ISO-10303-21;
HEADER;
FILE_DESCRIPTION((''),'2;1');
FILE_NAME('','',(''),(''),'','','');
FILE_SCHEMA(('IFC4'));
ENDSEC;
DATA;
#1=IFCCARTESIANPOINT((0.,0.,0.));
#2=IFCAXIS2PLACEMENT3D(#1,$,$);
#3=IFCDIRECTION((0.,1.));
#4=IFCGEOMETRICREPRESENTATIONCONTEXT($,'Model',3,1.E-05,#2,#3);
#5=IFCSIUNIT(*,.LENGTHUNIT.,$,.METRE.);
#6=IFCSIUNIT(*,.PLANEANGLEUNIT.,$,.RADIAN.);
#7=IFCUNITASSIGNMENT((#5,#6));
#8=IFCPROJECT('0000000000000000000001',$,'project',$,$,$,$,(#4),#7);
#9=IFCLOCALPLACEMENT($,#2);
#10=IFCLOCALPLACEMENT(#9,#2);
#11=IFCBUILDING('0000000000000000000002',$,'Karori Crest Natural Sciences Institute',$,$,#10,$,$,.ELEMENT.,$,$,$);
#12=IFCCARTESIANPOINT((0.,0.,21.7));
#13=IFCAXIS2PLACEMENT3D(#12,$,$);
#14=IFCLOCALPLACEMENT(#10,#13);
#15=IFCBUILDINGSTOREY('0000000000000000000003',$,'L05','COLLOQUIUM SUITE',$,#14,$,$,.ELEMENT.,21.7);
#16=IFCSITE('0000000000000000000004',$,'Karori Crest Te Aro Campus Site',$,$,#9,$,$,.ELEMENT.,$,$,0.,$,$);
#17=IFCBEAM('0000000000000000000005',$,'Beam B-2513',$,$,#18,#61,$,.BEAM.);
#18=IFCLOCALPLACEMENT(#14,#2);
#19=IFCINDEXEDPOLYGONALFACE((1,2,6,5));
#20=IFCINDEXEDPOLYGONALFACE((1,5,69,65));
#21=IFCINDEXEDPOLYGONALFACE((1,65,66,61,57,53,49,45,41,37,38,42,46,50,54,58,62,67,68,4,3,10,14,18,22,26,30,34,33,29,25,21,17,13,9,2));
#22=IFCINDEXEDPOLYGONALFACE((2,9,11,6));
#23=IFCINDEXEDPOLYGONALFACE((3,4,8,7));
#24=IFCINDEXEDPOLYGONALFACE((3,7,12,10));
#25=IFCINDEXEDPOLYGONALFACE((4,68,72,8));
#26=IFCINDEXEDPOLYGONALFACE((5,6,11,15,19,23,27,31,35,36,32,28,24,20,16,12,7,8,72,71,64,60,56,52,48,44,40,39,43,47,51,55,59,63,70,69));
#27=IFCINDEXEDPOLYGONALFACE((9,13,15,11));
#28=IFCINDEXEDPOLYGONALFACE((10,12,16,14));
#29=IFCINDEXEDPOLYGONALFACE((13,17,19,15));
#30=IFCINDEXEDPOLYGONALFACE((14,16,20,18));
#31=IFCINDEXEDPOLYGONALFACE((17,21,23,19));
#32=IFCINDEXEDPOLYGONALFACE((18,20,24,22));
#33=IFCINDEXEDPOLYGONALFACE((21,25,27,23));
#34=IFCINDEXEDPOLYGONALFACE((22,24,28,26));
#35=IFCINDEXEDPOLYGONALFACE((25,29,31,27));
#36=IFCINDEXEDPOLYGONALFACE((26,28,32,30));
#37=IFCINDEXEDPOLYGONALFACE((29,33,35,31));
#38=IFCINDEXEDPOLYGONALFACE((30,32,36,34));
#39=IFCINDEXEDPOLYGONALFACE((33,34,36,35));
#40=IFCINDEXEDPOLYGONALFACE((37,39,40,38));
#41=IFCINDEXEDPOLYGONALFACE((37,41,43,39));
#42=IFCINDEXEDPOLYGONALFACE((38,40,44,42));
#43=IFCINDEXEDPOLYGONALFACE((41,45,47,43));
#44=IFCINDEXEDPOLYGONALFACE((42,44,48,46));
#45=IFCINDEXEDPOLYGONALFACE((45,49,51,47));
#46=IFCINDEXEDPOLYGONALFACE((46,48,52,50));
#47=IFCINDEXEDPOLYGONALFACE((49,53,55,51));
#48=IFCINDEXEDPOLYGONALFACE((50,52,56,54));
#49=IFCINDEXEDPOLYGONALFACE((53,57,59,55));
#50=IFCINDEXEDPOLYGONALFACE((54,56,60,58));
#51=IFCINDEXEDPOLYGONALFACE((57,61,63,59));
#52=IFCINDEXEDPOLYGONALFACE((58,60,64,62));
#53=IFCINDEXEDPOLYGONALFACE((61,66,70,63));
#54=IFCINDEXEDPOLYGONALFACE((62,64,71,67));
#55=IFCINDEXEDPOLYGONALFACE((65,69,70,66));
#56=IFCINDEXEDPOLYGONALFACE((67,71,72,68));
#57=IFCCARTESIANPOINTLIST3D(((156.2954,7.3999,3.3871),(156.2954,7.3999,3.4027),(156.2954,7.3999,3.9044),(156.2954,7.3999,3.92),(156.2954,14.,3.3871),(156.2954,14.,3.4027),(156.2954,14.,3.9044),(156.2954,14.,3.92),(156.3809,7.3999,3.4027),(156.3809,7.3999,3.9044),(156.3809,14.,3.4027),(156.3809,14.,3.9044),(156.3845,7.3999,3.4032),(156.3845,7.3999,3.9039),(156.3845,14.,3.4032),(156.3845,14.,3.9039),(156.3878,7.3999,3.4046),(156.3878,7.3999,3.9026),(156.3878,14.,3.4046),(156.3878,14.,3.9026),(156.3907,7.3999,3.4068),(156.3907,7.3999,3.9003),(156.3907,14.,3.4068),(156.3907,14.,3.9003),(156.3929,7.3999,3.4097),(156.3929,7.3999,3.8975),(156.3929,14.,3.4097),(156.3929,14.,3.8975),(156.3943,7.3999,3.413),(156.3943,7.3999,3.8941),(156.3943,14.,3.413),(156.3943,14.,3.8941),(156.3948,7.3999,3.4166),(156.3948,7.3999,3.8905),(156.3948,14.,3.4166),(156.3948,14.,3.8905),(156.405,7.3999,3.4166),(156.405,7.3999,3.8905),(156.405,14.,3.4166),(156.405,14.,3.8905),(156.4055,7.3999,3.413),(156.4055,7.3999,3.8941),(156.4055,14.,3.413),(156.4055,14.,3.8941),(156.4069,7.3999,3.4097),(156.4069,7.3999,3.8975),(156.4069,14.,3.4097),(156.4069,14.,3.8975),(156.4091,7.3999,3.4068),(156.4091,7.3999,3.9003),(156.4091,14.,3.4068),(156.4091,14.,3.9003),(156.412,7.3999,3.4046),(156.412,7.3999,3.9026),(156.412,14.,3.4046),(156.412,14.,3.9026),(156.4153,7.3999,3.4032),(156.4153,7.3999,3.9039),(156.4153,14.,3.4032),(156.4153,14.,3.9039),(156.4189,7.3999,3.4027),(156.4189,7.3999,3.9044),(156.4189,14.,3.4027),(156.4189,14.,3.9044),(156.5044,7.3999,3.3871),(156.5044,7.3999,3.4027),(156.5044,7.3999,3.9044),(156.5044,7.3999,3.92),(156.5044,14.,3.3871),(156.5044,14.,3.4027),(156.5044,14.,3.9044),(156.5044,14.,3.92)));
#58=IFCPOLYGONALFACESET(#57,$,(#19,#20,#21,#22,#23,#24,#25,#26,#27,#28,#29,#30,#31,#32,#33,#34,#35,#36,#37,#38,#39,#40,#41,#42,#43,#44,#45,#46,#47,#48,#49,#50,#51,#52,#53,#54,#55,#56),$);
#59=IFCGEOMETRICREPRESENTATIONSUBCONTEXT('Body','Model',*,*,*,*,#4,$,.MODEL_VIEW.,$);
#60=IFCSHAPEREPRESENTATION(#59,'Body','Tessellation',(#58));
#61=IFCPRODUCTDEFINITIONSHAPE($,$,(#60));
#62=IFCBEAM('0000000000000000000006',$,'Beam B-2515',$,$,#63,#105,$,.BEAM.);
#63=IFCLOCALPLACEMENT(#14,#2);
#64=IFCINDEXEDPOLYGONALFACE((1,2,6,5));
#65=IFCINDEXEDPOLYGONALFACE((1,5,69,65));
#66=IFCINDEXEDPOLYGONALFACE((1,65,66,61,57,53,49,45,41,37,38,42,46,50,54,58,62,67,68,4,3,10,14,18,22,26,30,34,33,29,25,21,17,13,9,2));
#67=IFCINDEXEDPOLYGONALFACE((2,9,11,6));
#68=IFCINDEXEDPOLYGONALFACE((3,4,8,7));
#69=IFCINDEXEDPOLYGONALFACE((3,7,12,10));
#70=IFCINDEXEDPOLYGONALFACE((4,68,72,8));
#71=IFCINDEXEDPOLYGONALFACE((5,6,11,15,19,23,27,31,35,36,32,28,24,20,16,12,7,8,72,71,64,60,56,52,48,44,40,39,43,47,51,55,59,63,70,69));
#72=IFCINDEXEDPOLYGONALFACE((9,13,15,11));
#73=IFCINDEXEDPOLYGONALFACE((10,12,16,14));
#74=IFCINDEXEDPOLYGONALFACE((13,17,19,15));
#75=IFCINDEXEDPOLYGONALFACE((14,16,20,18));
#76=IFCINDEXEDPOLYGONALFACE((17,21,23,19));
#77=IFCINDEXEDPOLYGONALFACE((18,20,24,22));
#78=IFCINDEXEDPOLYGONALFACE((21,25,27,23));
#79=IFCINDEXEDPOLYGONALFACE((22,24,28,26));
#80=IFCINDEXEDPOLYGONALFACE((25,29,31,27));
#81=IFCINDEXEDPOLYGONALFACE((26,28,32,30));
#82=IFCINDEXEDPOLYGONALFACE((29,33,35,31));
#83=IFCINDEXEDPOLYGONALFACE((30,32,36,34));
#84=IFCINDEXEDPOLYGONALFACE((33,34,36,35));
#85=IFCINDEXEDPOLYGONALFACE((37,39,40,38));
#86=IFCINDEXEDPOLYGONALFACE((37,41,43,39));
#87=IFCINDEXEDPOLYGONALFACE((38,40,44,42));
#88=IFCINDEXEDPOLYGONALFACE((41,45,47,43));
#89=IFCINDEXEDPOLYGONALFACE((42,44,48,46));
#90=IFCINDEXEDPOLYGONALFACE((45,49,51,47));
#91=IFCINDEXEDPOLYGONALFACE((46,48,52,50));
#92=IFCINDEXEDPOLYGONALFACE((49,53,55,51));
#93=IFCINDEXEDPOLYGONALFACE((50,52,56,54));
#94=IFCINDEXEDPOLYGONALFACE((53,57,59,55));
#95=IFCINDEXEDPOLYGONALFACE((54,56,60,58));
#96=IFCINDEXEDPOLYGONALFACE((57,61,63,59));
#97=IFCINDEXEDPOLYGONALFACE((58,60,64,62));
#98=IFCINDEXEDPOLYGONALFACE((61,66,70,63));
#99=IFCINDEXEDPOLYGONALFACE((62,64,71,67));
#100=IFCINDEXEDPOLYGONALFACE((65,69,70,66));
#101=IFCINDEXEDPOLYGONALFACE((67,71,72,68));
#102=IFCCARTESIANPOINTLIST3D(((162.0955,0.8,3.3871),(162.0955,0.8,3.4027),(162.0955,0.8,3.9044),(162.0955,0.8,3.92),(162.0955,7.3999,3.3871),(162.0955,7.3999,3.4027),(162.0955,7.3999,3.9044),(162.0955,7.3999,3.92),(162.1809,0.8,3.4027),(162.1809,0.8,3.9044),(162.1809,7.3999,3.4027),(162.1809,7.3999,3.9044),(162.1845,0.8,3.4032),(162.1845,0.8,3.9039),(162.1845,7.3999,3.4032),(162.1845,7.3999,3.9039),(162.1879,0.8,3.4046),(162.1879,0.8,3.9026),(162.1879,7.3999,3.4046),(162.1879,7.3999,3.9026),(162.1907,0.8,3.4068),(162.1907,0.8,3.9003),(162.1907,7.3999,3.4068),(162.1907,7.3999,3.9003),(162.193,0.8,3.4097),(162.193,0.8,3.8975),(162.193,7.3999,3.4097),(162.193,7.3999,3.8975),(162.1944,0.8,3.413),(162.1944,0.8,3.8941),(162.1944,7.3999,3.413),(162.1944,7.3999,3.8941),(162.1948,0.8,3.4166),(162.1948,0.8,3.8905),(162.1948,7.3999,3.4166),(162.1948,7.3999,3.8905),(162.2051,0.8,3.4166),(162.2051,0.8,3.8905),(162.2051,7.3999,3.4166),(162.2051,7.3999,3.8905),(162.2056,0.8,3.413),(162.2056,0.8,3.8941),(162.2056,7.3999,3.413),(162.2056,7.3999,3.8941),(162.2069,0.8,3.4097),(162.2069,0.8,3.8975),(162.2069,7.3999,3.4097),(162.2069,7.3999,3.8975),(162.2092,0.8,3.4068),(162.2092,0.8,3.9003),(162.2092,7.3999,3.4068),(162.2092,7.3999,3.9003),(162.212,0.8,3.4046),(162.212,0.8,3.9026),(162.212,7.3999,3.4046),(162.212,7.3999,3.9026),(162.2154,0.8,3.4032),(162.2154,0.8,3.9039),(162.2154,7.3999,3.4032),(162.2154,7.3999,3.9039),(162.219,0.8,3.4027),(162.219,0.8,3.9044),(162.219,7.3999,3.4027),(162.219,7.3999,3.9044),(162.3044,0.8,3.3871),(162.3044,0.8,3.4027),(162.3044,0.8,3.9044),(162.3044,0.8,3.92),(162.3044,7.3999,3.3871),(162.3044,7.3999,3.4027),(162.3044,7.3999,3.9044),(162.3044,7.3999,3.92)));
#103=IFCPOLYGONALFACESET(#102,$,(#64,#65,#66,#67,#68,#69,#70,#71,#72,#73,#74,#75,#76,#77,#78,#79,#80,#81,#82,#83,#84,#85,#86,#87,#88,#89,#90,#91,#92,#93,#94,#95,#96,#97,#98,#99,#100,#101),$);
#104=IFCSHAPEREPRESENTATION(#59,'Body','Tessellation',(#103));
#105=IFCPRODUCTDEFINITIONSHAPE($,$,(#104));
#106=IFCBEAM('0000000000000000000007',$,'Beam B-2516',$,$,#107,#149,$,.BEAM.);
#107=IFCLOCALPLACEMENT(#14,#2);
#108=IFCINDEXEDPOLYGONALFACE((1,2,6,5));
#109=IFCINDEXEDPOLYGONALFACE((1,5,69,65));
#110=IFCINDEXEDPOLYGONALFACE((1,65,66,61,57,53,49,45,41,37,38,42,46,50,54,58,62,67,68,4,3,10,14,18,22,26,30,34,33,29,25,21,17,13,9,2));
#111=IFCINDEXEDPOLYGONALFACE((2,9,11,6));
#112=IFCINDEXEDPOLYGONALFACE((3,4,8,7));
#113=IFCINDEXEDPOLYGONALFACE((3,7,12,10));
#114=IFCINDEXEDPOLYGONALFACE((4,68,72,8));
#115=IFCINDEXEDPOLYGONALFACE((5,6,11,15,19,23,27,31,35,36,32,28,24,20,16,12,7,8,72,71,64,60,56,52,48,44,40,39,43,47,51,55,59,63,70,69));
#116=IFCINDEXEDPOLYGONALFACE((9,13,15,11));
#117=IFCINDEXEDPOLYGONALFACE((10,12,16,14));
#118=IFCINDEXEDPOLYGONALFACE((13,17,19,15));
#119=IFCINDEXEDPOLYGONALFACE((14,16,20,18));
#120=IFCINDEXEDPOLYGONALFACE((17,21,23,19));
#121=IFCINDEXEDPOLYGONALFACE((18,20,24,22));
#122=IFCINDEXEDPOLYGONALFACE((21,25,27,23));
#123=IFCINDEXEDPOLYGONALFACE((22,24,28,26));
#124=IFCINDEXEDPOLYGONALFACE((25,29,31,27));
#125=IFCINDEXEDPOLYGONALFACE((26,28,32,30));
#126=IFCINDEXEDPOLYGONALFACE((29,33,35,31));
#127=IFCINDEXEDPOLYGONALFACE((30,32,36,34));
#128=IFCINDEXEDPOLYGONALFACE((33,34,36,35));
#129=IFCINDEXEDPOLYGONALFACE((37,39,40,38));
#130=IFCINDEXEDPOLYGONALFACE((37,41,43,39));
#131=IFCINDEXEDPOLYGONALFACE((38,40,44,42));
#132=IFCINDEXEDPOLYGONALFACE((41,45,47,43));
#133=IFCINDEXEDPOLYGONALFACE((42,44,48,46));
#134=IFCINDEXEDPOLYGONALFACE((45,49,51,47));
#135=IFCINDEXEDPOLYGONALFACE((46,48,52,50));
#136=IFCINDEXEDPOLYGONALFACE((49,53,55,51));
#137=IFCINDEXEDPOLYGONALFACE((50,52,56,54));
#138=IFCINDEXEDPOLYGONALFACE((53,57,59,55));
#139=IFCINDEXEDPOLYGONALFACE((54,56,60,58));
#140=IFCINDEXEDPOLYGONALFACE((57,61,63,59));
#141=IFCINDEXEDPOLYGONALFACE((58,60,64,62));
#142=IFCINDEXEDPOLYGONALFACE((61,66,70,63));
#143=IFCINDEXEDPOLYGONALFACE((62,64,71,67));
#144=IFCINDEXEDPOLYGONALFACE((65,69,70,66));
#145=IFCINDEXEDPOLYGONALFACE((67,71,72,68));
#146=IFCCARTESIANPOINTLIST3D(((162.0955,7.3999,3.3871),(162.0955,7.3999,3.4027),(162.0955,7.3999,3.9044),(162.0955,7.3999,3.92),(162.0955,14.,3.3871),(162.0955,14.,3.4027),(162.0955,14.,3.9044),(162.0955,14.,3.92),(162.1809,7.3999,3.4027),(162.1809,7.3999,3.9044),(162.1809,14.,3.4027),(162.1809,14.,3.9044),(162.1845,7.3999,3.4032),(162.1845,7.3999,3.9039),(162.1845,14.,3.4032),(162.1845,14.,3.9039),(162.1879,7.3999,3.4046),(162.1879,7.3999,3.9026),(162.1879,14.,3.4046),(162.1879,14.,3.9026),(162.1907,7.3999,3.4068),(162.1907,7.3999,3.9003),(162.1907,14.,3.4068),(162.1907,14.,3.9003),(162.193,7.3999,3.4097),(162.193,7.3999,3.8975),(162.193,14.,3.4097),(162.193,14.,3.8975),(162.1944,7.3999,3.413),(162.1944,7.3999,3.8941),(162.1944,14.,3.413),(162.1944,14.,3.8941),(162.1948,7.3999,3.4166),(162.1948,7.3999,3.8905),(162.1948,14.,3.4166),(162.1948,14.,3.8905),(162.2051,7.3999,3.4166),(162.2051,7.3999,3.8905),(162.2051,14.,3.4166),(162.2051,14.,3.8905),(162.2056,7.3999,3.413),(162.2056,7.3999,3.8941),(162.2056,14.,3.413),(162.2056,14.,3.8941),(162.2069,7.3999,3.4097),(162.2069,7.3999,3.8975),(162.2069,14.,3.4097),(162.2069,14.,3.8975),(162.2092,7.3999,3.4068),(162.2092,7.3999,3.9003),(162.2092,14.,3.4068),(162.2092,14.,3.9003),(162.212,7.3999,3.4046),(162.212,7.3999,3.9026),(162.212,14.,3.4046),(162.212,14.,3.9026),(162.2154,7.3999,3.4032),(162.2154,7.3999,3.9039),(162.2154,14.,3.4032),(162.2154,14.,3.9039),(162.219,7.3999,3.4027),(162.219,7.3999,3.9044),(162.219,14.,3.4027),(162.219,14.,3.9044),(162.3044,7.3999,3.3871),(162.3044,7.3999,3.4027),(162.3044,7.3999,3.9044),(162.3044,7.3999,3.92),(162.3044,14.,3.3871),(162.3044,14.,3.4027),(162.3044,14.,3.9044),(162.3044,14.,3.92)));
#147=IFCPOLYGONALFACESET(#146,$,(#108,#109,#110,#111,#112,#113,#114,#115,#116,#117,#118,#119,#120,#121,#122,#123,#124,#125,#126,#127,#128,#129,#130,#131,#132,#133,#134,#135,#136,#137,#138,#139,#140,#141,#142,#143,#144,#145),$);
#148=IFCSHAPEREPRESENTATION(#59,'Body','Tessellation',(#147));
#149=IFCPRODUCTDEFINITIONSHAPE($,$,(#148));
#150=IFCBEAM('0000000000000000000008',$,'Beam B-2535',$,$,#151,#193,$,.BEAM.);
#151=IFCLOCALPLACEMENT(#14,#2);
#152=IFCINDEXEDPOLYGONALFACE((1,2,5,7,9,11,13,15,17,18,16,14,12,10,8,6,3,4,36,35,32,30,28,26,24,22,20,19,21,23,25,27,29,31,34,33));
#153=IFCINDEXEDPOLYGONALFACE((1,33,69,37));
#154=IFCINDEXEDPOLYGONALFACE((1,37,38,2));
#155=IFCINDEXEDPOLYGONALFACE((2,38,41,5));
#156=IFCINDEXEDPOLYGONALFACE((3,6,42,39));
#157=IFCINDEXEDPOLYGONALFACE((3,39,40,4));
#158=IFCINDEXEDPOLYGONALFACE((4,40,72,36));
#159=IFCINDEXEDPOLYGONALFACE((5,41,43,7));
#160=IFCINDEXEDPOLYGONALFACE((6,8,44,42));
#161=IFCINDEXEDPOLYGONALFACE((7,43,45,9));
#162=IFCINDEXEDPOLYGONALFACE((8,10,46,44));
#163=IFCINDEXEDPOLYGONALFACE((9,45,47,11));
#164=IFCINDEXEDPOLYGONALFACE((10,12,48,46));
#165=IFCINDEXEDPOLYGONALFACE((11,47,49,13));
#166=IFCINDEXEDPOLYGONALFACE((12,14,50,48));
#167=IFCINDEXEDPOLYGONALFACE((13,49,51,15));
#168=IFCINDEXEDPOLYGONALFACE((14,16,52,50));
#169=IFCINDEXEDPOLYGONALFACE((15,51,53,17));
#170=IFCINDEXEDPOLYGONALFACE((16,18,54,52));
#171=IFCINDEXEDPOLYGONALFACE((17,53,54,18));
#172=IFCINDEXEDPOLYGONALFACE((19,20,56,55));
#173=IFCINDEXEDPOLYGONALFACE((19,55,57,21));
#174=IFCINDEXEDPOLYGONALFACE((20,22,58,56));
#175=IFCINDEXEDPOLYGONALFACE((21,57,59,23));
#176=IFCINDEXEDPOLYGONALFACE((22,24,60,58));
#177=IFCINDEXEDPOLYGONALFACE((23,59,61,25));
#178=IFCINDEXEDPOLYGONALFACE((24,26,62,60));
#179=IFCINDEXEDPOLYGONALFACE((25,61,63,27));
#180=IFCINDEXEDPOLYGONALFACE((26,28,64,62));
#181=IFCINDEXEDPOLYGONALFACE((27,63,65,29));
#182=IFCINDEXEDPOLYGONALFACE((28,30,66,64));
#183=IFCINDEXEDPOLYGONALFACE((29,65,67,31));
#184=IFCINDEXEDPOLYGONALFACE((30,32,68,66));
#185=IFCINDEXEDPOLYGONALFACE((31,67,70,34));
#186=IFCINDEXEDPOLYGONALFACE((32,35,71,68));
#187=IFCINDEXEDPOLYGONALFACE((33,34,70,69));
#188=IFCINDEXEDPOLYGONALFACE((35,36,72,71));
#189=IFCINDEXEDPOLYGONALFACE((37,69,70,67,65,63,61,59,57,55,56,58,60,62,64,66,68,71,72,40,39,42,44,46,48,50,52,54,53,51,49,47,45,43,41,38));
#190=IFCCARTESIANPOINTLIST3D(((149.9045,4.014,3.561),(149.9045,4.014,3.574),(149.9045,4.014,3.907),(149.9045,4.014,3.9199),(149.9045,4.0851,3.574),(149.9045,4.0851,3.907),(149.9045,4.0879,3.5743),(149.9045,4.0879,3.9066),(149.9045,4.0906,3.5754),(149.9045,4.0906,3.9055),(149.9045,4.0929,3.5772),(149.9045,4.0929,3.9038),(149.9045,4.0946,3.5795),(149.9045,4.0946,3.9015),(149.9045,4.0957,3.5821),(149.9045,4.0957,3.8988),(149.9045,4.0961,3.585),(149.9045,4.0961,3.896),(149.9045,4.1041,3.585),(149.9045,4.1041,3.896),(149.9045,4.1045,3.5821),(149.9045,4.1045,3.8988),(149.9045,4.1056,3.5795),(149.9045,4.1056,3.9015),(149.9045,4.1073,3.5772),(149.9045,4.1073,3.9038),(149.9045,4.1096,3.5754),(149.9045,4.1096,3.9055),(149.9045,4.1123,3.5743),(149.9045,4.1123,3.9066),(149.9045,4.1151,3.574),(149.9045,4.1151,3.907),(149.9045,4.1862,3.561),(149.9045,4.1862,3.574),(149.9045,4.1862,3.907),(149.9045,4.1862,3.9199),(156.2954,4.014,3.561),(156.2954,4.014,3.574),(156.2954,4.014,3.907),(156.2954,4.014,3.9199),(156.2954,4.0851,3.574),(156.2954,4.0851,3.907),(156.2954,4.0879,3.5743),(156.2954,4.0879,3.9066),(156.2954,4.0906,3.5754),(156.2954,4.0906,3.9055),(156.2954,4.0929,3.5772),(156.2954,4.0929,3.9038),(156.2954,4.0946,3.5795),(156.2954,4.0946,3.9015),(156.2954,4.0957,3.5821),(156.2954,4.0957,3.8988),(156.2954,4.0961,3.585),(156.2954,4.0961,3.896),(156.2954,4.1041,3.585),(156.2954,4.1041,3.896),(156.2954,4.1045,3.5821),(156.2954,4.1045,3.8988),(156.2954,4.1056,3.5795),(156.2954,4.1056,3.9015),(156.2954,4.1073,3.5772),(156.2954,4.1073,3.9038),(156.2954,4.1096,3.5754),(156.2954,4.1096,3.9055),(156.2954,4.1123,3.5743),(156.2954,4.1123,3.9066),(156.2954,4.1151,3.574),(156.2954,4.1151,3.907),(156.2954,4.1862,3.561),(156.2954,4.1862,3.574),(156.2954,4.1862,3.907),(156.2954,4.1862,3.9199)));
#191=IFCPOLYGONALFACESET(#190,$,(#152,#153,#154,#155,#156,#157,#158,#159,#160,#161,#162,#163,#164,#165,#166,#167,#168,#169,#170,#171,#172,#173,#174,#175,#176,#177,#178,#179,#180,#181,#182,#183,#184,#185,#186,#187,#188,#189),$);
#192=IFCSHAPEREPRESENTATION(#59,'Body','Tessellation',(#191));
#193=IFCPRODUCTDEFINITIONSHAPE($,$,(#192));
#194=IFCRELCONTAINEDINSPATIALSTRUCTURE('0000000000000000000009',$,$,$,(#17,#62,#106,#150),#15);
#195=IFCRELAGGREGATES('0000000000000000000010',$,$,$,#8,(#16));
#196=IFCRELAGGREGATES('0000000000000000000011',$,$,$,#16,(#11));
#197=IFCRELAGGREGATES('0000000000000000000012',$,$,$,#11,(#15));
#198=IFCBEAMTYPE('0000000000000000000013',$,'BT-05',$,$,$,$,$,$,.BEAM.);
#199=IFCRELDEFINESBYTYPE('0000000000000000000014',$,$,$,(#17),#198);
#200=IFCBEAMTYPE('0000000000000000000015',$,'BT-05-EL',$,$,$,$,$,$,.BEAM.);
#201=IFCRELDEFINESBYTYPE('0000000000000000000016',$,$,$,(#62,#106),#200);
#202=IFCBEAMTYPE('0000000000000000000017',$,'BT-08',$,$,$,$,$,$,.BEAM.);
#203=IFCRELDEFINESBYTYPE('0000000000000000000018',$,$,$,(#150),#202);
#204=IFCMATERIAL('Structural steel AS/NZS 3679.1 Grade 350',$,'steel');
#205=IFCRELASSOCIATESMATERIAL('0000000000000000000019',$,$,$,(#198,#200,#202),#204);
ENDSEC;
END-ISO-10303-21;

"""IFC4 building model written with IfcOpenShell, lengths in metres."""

from ifc_helpers import new_model, si_unit, direction, frame, origin, origin_2d, place, context, subcontext, project, spatial, i_section, extrude, material, material_profile, profile_set, type_object, element, save


model = new_model("IFC4")

# Units and contexts
model_context = context("Model", 3, precision=1e-05, world=origin(), true_north=direction((0.0, 1.0)))
body_context = subcontext(model_context, "Body", "Model", "MODEL_VIEW")
ifc_project = project(units=[si_unit("LENGTHUNIT", "METRE"), si_unit("PLANEANGLEUNIT", "RADIAN")], contexts=[model_context])

# Site, building, storey
site_placement = place(None, origin())
site = spatial("IfcSite", under=ifc_project, at=site_placement, Name="Karori Crest Te Aro Campus Site", CompositionType="ELEMENT", RefElevation=0.0)
building_placement = place(site_placement, origin())
building = spatial("IfcBuilding", under=site, at=building_placement, Name="Karori Crest Natural Sciences Institute", CompositionType="ELEMENT")
storey_placement = place(building_placement, frame((0.0, 0.0, 21.7)))
storey = spatial("IfcBuildingStorey", under=building, at=storey_placement, Name="L05", Description="COLLOQUIUM SUITE", CompositionType="ELEMENT", Elevation=21.7)

# Shared definitions
ifc_material_1 = material(Name="Structural steel AS/NZS 3679.1 Grade 350", Category="steel")

# Beams
ifc_material_profile_1 = material_profile(ifc_material_1, i_section(OverallWidth=0.209, OverallDepth=0.533, WebThickness=0.0103, FlangeThickness=0.0156, FilletRadius=0.0139, at=origin_2d()), Name="530UB92.4")
ifc_profile_set_1 = profile_set([ifc_material_profile_1], Name="Structural steel AS/NZS 3679.1 Grade 350")
beam_type_1 = type_object("IfcBeamType", Name="BT-05", PredefinedType="BEAM", material=ifc_profile_set_1)
beam_1_placement = place(storey_placement, frame((156.3999, 7.3999, 3.6536), z_axis=(0.0, 1.0, 0.0), x_axis=(-1.0, 0.0, 0.0)))
element("IfcBeam", 1, at=beam_1_placement, inside=storey, type_object=beam_type_1, Name="Beam B-2513", PredefinedType="BEAM", context=body_context, shape_type="SweptSolid", body=[
    extrude(i_section(OverallWidth=0.209, OverallDepth=0.533, WebThickness=0.0103, FlangeThickness=0.0156, FilletRadius=0.0139, at=origin_2d()), origin(), (0.0, 0.0, 1.0), 6.6001),
])
ifc_material_profile_2 = material_profile(ifc_material_1, i_section(OverallWidth=0.209, OverallDepth=0.533, WebThickness=0.0103, FlangeThickness=0.0156, FilletRadius=0.0139, at=origin_2d()), Name="530UB92.4")
ifc_profile_set_2 = profile_set([ifc_material_profile_2], Name="Structural steel AS/NZS 3679.1 Grade 350")
beam_type_2 = type_object("IfcBeamType", Name="BT-05-EL", PredefinedType="BEAM", material=ifc_profile_set_2)
beam_2_placement = place(storey_placement, frame((162.2, 0.8, 3.6536), z_axis=(0.0, 1.0, 0.0), x_axis=(-1.0, 0.0, 0.0)))
element("IfcBeam", 2, at=beam_2_placement, inside=storey, type_object=beam_type_2, Name="Beam B-2515", PredefinedType="BEAM", context=body_context, shape_type="SweptSolid", body=[
    extrude(i_section(OverallWidth=0.209, OverallDepth=0.533, WebThickness=0.0103, FlangeThickness=0.0156, FilletRadius=0.0139, at=origin_2d()), origin(), (0.0, 0.0, 1.0), 6.5999),
])
beam_3_placement = place(storey_placement, frame((162.2, 7.3999, 3.6536), z_axis=(0.0, 1.0, 0.0), x_axis=(-1.0, 0.0, 0.0)))
element("IfcBeam", 3, at=beam_3_placement, inside=storey, type_object=beam_type_2, Name="Beam B-2516", PredefinedType="BEAM", context=body_context, shape_type="SweptSolid", body=[
    extrude(i_section(OverallWidth=0.209, OverallDepth=0.533, WebThickness=0.0103, FlangeThickness=0.0156, FilletRadius=0.0139, at=origin_2d()), origin(), (0.0, 0.0, 1.0), 6.6001),
])
ifc_material_profile_3 = material_profile(ifc_material_1, i_section(OverallWidth=0.1721, OverallDepth=0.3589, WebThickness=0.0081, FlangeThickness=0.0129, FilletRadius=0.011, at=origin_2d()), Name="360UB56.7")
ifc_profile_set_3 = profile_set([ifc_material_profile_3], Name="Structural steel AS/NZS 3679.1 Grade 350")
beam_type_3 = type_object("IfcBeamType", Name="BT-08", PredefinedType="BEAM", material=ifc_profile_set_3)
beam_4_placement = place(storey_placement, frame((149.9045, 4.1001, 3.7405), z_axis=(1.0, 0.0, 0.0), x_axis=(0.0, 1.0, 0.0)))
element("IfcBeam", 4, at=beam_4_placement, inside=storey, type_object=beam_type_3, Name="Beam B-2535", PredefinedType="BEAM", context=body_context, shape_type="SweptSolid", body=[
    extrude(i_section(OverallWidth=0.1721, OverallDepth=0.3589, WebThickness=0.0081, FlangeThickness=0.0129, FilletRadius=0.011, at=origin_2d()), origin(), (0.0, 0.0, 1.0), 6.3909),
])

save(model, "model.ifc")
